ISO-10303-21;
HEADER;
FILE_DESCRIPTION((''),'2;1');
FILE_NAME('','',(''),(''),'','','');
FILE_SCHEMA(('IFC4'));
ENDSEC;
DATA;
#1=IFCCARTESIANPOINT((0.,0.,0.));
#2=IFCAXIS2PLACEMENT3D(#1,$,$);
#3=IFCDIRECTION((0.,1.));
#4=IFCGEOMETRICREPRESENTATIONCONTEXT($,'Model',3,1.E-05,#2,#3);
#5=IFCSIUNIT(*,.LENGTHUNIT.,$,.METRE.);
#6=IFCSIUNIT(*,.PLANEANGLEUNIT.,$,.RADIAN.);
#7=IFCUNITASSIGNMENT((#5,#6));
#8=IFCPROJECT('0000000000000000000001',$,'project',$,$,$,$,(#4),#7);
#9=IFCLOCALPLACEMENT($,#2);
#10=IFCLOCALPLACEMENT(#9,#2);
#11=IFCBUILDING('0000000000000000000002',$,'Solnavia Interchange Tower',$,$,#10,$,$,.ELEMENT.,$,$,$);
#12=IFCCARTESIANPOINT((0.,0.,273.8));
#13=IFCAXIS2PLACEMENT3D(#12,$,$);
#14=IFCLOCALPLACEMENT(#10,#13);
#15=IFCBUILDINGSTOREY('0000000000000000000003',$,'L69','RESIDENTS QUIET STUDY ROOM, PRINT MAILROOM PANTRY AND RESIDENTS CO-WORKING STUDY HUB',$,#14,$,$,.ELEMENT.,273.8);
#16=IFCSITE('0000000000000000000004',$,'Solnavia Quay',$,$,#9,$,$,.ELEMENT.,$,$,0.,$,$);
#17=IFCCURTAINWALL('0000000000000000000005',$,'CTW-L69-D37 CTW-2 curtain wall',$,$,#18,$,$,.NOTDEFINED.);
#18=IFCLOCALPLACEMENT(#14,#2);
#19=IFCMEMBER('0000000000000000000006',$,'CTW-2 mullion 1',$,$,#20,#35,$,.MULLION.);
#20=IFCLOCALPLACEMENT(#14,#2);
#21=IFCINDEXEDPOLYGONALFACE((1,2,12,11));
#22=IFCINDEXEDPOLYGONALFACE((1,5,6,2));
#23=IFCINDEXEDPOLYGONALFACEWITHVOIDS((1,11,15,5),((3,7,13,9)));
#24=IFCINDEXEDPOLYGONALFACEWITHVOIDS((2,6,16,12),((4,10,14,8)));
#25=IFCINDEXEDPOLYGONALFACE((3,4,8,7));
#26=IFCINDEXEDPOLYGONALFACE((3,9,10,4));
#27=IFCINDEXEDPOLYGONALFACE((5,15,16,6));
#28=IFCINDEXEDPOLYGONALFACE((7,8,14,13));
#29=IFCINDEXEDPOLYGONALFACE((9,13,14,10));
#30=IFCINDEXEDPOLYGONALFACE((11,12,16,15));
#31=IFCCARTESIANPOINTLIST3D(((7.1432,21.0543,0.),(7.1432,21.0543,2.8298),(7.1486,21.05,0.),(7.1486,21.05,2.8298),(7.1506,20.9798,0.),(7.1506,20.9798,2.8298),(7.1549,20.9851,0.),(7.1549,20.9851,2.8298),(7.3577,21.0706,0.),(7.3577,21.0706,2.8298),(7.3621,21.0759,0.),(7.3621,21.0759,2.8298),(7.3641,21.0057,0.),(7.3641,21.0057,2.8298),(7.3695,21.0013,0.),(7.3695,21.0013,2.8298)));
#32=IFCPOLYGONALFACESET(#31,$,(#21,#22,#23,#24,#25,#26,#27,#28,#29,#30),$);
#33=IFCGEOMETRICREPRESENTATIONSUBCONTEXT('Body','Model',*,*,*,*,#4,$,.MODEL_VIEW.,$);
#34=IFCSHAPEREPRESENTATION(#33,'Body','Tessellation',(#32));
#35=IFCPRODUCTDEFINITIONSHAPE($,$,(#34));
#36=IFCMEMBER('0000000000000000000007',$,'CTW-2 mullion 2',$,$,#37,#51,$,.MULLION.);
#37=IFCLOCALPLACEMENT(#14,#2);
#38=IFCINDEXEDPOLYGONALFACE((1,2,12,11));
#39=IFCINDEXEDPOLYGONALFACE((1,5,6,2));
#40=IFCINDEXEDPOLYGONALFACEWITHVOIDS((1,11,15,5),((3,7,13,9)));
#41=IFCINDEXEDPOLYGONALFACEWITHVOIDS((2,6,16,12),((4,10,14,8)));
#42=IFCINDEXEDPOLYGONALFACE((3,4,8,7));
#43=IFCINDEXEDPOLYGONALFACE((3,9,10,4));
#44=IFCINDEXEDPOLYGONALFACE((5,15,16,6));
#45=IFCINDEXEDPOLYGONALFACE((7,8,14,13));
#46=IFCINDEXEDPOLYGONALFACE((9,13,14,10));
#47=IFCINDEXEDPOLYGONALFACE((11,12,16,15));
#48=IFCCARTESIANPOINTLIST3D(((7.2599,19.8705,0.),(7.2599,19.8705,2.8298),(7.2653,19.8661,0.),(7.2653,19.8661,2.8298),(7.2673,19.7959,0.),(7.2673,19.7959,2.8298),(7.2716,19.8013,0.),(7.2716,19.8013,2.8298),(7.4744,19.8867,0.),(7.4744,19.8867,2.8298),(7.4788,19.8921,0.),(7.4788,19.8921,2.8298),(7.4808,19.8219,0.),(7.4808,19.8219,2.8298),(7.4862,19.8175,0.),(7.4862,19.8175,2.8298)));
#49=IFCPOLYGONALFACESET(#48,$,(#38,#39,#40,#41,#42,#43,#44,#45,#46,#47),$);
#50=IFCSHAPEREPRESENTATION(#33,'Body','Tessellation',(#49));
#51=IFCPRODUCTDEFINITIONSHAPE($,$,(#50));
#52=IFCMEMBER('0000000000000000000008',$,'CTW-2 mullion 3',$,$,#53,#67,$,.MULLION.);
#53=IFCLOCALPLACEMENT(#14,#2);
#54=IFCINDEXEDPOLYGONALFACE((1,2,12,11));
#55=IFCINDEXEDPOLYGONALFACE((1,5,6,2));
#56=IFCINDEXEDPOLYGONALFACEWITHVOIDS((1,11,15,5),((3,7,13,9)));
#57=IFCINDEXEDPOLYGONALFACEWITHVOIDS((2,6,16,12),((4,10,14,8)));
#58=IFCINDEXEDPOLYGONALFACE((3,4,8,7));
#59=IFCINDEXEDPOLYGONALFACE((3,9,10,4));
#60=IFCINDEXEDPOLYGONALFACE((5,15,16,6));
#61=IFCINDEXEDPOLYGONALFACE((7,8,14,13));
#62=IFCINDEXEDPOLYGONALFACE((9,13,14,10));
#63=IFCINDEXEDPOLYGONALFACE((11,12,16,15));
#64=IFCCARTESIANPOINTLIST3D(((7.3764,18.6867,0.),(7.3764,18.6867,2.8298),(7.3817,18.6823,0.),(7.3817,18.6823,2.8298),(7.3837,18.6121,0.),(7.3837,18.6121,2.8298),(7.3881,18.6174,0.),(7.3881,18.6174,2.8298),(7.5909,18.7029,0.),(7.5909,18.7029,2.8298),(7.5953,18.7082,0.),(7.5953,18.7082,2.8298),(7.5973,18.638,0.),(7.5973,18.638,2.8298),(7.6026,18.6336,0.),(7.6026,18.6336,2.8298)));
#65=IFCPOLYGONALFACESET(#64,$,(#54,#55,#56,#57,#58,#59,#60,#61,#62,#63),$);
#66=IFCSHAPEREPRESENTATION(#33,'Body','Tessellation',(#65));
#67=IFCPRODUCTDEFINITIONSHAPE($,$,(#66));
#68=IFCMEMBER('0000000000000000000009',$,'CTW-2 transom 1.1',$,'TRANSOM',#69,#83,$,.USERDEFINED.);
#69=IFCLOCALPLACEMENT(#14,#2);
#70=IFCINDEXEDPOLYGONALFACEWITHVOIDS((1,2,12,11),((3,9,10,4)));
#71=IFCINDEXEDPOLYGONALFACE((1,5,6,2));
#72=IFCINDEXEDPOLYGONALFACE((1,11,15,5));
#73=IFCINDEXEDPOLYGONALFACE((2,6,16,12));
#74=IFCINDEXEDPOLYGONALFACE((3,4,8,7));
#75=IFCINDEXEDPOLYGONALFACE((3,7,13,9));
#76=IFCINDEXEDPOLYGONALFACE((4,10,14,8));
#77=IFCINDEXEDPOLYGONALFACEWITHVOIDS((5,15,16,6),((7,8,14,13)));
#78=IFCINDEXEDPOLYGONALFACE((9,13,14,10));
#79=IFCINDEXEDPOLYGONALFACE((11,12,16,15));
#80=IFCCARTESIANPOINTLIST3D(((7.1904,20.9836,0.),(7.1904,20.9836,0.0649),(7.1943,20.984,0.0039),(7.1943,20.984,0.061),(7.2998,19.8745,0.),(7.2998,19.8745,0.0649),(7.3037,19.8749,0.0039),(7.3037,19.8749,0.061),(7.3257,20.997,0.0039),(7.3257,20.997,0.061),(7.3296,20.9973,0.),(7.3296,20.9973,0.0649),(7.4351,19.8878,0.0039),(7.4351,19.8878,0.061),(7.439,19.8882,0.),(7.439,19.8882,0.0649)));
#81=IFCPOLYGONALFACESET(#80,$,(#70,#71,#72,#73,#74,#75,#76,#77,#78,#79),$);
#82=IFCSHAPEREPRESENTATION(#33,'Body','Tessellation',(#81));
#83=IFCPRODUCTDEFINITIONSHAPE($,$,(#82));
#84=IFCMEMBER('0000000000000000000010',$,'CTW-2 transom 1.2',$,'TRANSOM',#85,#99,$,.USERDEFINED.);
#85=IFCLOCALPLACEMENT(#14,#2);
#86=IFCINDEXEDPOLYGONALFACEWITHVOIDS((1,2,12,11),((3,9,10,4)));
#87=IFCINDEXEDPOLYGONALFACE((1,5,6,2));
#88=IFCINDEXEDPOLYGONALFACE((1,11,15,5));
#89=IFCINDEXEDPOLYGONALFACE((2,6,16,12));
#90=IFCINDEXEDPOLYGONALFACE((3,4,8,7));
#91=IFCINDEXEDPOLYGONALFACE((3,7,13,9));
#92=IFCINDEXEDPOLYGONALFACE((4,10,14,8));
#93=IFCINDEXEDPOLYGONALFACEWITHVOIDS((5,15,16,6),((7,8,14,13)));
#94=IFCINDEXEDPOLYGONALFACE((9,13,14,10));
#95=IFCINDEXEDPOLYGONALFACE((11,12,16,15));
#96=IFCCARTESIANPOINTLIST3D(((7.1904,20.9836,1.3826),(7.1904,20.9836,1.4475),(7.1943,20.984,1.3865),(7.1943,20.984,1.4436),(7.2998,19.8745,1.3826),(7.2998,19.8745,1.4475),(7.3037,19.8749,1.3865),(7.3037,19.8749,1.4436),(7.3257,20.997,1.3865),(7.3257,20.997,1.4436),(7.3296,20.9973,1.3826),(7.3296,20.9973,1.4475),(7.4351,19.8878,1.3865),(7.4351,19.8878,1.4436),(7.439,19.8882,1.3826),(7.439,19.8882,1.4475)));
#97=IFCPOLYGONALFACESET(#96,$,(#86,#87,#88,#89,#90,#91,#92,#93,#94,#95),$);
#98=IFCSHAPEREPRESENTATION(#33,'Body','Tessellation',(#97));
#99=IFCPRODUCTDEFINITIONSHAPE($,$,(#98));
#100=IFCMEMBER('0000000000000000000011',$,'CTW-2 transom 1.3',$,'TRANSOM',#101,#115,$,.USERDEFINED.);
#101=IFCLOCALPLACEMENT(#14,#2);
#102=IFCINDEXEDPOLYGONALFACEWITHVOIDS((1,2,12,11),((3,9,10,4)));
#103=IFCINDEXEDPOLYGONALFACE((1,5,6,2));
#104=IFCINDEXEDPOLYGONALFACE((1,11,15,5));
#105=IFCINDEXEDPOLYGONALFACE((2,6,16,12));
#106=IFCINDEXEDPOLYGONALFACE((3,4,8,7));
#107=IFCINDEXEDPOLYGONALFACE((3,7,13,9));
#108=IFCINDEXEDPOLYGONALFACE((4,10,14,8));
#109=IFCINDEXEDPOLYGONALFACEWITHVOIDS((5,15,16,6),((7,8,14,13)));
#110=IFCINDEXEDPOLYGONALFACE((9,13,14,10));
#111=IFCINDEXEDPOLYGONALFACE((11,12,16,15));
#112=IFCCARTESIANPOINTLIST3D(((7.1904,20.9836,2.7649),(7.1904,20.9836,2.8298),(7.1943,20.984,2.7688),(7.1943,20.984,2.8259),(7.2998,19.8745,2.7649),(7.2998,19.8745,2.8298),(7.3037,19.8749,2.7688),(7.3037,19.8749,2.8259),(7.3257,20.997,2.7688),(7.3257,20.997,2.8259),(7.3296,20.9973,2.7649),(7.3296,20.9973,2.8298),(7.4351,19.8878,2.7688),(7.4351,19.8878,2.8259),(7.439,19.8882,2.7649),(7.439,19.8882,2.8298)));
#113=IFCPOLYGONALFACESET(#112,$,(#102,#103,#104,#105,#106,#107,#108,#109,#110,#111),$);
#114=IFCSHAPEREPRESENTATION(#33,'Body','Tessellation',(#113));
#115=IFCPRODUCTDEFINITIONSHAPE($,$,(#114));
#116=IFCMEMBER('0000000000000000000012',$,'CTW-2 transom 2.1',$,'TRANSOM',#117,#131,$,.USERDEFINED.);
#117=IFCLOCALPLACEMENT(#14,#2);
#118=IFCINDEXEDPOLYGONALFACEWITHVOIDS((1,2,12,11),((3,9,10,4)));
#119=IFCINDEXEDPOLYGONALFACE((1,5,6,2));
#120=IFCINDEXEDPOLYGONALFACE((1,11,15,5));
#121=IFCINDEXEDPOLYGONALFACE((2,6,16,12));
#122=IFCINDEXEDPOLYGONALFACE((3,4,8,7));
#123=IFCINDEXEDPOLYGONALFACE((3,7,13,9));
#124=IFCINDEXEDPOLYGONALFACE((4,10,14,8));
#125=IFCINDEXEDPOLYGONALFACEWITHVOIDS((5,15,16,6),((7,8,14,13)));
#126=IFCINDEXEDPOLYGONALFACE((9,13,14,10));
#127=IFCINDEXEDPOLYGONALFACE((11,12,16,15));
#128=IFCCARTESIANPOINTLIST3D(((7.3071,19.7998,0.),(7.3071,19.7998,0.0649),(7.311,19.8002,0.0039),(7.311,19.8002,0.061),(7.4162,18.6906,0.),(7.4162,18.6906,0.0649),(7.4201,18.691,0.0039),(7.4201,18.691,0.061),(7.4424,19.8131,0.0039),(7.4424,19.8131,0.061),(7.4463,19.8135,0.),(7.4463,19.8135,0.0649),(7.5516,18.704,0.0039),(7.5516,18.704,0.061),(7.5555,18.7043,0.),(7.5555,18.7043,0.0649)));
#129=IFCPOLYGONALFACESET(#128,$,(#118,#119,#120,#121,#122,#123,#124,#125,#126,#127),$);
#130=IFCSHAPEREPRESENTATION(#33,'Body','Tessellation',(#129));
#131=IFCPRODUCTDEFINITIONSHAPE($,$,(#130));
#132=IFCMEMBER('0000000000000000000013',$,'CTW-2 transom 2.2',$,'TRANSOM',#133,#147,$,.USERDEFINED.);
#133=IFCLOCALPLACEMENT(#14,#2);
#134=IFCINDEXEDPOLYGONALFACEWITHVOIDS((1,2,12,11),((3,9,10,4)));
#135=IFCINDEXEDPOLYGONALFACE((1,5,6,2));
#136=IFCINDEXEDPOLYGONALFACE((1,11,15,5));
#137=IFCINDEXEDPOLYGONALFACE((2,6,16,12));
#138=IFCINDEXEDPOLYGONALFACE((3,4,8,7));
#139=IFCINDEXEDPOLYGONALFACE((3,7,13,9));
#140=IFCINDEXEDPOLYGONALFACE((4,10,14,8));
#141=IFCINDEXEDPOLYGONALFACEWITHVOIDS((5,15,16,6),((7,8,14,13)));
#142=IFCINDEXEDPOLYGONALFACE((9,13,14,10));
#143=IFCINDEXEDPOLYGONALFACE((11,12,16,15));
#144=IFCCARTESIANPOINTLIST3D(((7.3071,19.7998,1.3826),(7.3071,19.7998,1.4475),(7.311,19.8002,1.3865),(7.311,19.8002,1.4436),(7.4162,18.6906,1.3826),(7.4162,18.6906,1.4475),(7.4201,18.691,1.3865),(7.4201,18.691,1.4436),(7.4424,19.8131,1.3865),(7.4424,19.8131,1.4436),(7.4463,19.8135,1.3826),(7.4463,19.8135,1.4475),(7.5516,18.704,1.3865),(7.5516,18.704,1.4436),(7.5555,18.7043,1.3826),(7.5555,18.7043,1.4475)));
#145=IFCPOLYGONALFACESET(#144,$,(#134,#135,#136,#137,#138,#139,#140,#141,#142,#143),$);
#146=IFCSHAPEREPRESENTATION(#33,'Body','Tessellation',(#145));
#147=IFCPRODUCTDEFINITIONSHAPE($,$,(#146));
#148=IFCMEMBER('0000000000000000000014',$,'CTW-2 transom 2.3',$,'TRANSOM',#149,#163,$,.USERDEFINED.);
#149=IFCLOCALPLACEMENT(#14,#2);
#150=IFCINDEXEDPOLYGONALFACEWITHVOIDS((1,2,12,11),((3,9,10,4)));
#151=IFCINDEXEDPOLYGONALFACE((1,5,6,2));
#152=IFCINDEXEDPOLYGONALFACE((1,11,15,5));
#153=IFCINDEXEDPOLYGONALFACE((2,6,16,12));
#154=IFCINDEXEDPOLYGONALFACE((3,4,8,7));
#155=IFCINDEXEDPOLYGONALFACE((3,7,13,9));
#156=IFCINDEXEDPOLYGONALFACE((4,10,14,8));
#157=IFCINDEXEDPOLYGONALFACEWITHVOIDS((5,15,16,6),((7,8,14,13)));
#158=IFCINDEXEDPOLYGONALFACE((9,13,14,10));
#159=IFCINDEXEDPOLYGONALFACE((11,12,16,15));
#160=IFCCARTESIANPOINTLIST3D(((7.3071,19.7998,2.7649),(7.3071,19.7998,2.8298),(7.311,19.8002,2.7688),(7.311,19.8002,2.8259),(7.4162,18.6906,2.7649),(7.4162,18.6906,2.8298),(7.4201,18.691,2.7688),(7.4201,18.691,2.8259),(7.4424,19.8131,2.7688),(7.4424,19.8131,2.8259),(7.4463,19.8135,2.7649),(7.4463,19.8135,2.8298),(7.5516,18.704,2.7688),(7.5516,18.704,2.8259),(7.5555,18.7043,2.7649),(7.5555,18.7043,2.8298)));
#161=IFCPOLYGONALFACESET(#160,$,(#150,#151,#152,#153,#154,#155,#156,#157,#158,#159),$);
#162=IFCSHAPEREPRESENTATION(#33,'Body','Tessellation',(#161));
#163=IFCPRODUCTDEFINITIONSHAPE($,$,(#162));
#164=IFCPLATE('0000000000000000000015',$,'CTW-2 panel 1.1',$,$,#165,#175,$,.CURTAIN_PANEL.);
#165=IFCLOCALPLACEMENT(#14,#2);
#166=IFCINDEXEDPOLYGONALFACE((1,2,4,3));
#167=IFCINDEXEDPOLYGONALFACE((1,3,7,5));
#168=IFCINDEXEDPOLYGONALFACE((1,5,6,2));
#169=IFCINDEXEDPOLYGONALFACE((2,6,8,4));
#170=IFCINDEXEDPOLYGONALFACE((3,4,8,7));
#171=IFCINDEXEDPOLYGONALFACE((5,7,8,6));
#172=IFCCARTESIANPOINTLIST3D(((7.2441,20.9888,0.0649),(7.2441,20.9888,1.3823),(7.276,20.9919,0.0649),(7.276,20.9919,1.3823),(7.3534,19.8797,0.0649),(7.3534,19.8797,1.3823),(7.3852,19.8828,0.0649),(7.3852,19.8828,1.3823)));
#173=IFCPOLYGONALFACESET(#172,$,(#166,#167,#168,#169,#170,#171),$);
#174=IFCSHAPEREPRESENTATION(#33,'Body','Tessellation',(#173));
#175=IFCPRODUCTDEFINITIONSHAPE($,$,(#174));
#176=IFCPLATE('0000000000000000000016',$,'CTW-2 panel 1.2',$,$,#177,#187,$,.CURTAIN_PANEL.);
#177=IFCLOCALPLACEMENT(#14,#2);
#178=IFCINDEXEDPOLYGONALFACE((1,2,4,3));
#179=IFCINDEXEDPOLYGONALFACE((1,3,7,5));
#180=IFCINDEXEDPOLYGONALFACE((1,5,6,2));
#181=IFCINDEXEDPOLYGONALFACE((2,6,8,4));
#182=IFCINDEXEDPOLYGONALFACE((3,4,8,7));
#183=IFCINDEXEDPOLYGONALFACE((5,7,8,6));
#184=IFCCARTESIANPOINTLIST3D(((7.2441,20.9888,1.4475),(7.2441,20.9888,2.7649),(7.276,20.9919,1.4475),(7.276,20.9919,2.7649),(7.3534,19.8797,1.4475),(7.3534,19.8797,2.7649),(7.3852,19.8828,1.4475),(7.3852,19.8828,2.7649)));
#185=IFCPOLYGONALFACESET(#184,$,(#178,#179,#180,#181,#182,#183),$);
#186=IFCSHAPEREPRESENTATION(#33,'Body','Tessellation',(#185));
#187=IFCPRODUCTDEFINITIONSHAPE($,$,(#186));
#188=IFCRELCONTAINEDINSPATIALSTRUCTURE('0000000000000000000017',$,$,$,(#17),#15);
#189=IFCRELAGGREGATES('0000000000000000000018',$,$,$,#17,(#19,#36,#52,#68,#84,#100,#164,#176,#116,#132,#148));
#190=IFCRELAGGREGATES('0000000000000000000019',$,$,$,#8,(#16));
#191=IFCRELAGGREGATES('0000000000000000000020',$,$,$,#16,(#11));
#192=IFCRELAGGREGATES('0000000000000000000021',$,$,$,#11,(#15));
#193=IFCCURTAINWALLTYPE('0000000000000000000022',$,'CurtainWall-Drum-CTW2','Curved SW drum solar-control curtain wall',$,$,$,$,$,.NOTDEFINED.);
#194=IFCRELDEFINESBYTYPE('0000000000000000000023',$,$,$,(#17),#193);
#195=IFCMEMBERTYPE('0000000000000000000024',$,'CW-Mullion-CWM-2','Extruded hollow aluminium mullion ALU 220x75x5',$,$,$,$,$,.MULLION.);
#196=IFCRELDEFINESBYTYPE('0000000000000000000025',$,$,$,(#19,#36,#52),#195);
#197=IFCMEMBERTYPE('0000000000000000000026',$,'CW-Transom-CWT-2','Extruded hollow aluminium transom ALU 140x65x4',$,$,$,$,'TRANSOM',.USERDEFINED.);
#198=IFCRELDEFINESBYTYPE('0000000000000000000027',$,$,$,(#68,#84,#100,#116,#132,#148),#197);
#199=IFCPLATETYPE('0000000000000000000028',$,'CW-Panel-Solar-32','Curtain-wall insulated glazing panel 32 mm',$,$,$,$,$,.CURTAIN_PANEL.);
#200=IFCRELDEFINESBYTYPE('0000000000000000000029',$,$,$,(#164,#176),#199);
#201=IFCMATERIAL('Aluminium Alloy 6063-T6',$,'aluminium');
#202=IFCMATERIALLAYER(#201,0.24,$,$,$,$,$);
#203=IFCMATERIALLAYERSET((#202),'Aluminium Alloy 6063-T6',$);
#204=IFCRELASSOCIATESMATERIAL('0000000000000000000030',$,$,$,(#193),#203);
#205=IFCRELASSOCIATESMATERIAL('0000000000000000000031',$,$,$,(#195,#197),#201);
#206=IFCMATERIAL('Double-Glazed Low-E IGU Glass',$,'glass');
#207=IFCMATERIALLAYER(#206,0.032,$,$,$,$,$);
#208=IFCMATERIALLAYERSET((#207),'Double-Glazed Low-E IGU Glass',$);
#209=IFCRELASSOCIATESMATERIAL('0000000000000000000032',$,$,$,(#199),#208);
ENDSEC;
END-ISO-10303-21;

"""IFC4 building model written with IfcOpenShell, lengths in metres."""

from ifc_helpers import new_model, si_unit, direction, frame, origin, origin_2d, place, context, subcontext, project, spatial, rectangle, hollow_rectangle, extrude, material, layer, layer_set, material_profile, profile_set, type_object, element, aggregate, save


model = new_model("IFC4")

# Units and contexts
model_context = context("Model", 3, precision=1e-05, world=origin(), true_north=direction((0.0, 1.0)))
body_context = subcontext(model_context, "Body", "Model", "MODEL_VIEW")
ifc_project = project(units=[si_unit("LENGTHUNIT", "METRE"), si_unit("PLANEANGLEUNIT", "RADIAN")], contexts=[model_context])

# Site, building, storey
site_placement = place(None, origin())
site = spatial("IfcSite", under=ifc_project, at=site_placement, Name="Solnavia Quay", CompositionType="ELEMENT", RefElevation=0.0)
building_placement = place(site_placement, origin())
building = spatial("IfcBuilding", under=site, at=building_placement, Name="Solnavia Interchange Tower", CompositionType="ELEMENT")
storey_placement = place(building_placement, frame((0.0, 0.0, 273.8)))
storey = spatial("IfcBuildingStorey", under=building, at=storey_placement, Name="L69", Description="RESIDENTS QUIET STUDY ROOM, PRINT MAILROOM PANTRY AND RESIDENTS CO-WORKING STUDY HUB", CompositionType="ELEMENT", Elevation=273.8)

# Curtain wall, members, plates
ifc_material_1 = material(Name="Aluminium Alloy 6063-T6", Category="aluminium")
ifc_layer_1 = layer(ifc_material_1, 0.24)
ifc_layer_set_1 = layer_set([ifc_layer_1], Name="Aluminium Alloy 6063-T6")
curtain_wall_type = type_object("IfcCurtainWallType", Name="CurtainWall-Drum-CTW2", Description="Curved SW drum solar-control curtain wall", PredefinedType="NOTDEFINED", material=ifc_layer_set_1)
curtain_wall_placement = place(storey_placement, origin())
curtain_wall = element("IfcCurtainWall", 1, at=curtain_wall_placement, inside=storey, type_object=curtain_wall_type, Name="CTW-L69-D37 CTW-2 curtain wall", PredefinedType="NOTDEFINED")
ifc_material_profile_1 = material_profile(ifc_material_1, hollow_rectangle(XDim=0.075, YDim=0.22, WallThickness=0.0049, at=origin_2d()), Name="ALU 220x75x5")
ifc_profile_set_1 = profile_set([ifc_material_profile_1], Name="Aluminium Alloy 6063-T6")
member_type_1 = type_object("IfcMemberType", Name="CW-Mullion-CWM-2", Description="Extruded hollow aluminium mullion ALU 220x75x5", PredefinedType="MULLION", material=ifc_profile_set_1)
member_1_placement = place(storey_placement, frame((7.2563, 21.0278, 0.0), z_axis=(0.0, 0.0, 1.0), x_axis=(0.098043, -0.995182, 0.0)))
member_1 = element("IfcMember", 2, at=member_1_placement, type_object=member_type_1, Name="CTW-2 mullion 1", PredefinedType="MULLION", context=body_context, shape_type="SweptSolid", body=[
    extrude(hollow_rectangle(XDim=0.075, YDim=0.22, WallThickness=0.0049, at=origin_2d()), origin(), (0.0, 0.0, 1.0), 2.8298),
])
member_2_placement = place(storey_placement, frame((7.373, 19.844, 0.0), z_axis=(0.0, 0.0, 1.0), x_axis=(0.098043, -0.995182, 0.0)))
member_2 = element("IfcMember", 3, at=member_2_placement, type_object=member_type_1, Name="CTW-2 mullion 2", PredefinedType="MULLION", context=body_context, shape_type="SweptSolid", body=[
    extrude(hollow_rectangle(XDim=0.075, YDim=0.22, WallThickness=0.0049, at=origin_2d()), origin(), (0.0, 0.0, 1.0), 2.8298),
])
member_3_placement = place(storey_placement, frame((7.4895, 18.6602, 0.0), z_axis=(0.0, 0.0, 1.0), x_axis=(0.098043, -0.995182, 0.0)))
member_3 = element("IfcMember", 4, at=member_3_placement, type_object=member_type_1, Name="CTW-2 mullion 3", PredefinedType="MULLION", context=body_context, shape_type="SweptSolid", body=[
    extrude(hollow_rectangle(XDim=0.075, YDim=0.22, WallThickness=0.0049, at=origin_2d()), origin(), (0.0, 0.0, 1.0), 2.8298),
])
ifc_material_profile_2 = material_profile(ifc_material_1, hollow_rectangle(XDim=0.0649, YDim=0.1399, WallThickness=0.0039, at=origin_2d()), Name="ALU 140x65x4")
ifc_profile_set_2 = profile_set([ifc_material_profile_2], Name="Aluminium Alloy 6063-T6")
member_type_2 = type_object("IfcMemberType", Name="CW-Transom-CWT-2", Description="Extruded hollow aluminium transom ALU 140x65x4", ElementType="TRANSOM", PredefinedType="USERDEFINED", material=ifc_profile_set_2)
member_4_placement = place(storey_placement, frame((7.26, 20.9905, 0.0325), z_axis=(0.098137, -0.995173, 0.0), x_axis=(0.0, 0.0, 1.0)))
member_4 = element("IfcMember", 5, at=member_4_placement, type_object=member_type_2, Name="CTW-2 transom 1.1", ObjectType="TRANSOM", PredefinedType="USERDEFINED", context=body_context, shape_type="SweptSolid", body=[
    extrude(hollow_rectangle(XDim=0.0649, YDim=0.1399, WallThickness=0.0039, at=origin_2d()), origin(), (0.0, 0.0, 1.0), 1.1145),
])
member_5_placement = place(storey_placement, frame((7.26, 20.9905, 1.415), z_axis=(0.098137, -0.995173, 0.0), x_axis=(0.0, 0.0, 1.0)))
member_5 = element("IfcMember", 6, at=member_5_placement, type_object=member_type_2, Name="CTW-2 transom 1.2", ObjectType="TRANSOM", PredefinedType="USERDEFINED", context=body_context, shape_type="SweptSolid", body=[
    extrude(hollow_rectangle(XDim=0.0649, YDim=0.1399, WallThickness=0.0039, at=origin_2d()), origin(), (0.0, 0.0, 1.0), 1.1145),
])
member_6_placement = place(storey_placement, frame((7.26, 20.9905, 2.7974), z_axis=(0.098137, -0.995173, 0.0), x_axis=(0.0, 0.0, 1.0)))
member_6 = element("IfcMember", 7, at=member_6_placement, type_object=member_type_2, Name="CTW-2 transom 1.3", ObjectType="TRANSOM", PredefinedType="USERDEFINED", context=body_context, shape_type="SweptSolid", body=[
    extrude(hollow_rectangle(XDim=0.0649, YDim=0.1399, WallThickness=0.0039, at=origin_2d()), origin(), (0.0, 0.0, 1.0), 1.1145),
])
member_7_placement = place(storey_placement, frame((7.3767, 19.8066, 0.0325), z_axis=(0.09792, -0.995194, 0.0), x_axis=(0.0, 0.0, 1.0)))
member_7 = element("IfcMember", 8, at=member_7_placement, type_object=member_type_2, Name="CTW-2 transom 2.1", ObjectType="TRANSOM", PredefinedType="USERDEFINED", context=body_context, shape_type="SweptSolid", body=[
    extrude(hollow_rectangle(XDim=0.0649, YDim=0.1399, WallThickness=0.0039, at=origin_2d()), origin(), (0.0, 0.0, 1.0), 1.1145),
])
member_8_placement = place(storey_placement, frame((7.3767, 19.8066, 1.415), z_axis=(0.09792, -0.995194, 0.0), x_axis=(0.0, 0.0, 1.0)))
member_8 = element("IfcMember", 9, at=member_8_placement, type_object=member_type_2, Name="CTW-2 transom 2.2", ObjectType="TRANSOM", PredefinedType="USERDEFINED", context=body_context, shape_type="SweptSolid", body=[
    extrude(hollow_rectangle(XDim=0.0649, YDim=0.1399, WallThickness=0.0039, at=origin_2d()), origin(), (0.0, 0.0, 1.0), 1.1145),
])
member_9_placement = place(storey_placement, frame((7.3767, 19.8066, 2.7974), z_axis=(0.09792, -0.995194, 0.0), x_axis=(0.0, 0.0, 1.0)))
member_9 = element("IfcMember", 10, at=member_9_placement, type_object=member_type_2, Name="CTW-2 transom 2.3", ObjectType="TRANSOM", PredefinedType="USERDEFINED", context=body_context, shape_type="SweptSolid", body=[
    extrude(hollow_rectangle(XDim=0.0649, YDim=0.1399, WallThickness=0.0039, at=origin_2d()), origin(), (0.0, 0.0, 1.0), 1.1145),
])
ifc_material_2 = material(Name="Double-Glazed Low-E IGU Glass", Category="glass")
ifc_layer_2 = layer(ifc_material_2, 0.032)
ifc_layer_set_2 = layer_set([ifc_layer_2], Name="Double-Glazed Low-E IGU Glass")
plate_type = type_object("IfcPlateType", Name="CW-Panel-Solar-32", Description="Curtain-wall insulated glazing panel 32 mm", PredefinedType="CURTAIN_PANEL", material=ifc_layer_set_2)
plate_1_placement = place(storey_placement, frame((7.3147, 20.4358, 0.0649), z_axis=(0.0, 0.0, 1.0), x_axis=(0.098043, -0.995182, 0.0)))
plate_1 = element("IfcPlate", 11, at=plate_1_placement, type_object=plate_type, Name="CTW-2 panel 1.1", PredefinedType="CURTAIN_PANEL", context=body_context, shape_type="SweptSolid", body=[
    extrude(rectangle(XDim=1.1145, YDim=0.032, at=origin_2d()), origin(), (0.0, 0.0, 1.0), 1.3174),
])
plate_2_placement = place(storey_placement, frame((7.3147, 20.4358, 1.4475), z_axis=(0.0, 0.0, 1.0), x_axis=(0.098043, -0.995182, 0.0)))
plate_2 = element("IfcPlate", 12, at=plate_2_placement, type_object=plate_type, Name="CTW-2 panel 1.2", PredefinedType="CURTAIN_PANEL", context=body_context, shape_type="SweptSolid", body=[
    extrude(rectangle(XDim=1.1145, YDim=0.032, at=origin_2d()), origin(), (0.0, 0.0, 1.0), 1.3174),
])
aggregate(curtain_wall, [member_1, member_2, member_3, member_4, member_5, member_6, plate_1, plate_2, member_7, member_8, member_9])

save(model, "model.ifc")
